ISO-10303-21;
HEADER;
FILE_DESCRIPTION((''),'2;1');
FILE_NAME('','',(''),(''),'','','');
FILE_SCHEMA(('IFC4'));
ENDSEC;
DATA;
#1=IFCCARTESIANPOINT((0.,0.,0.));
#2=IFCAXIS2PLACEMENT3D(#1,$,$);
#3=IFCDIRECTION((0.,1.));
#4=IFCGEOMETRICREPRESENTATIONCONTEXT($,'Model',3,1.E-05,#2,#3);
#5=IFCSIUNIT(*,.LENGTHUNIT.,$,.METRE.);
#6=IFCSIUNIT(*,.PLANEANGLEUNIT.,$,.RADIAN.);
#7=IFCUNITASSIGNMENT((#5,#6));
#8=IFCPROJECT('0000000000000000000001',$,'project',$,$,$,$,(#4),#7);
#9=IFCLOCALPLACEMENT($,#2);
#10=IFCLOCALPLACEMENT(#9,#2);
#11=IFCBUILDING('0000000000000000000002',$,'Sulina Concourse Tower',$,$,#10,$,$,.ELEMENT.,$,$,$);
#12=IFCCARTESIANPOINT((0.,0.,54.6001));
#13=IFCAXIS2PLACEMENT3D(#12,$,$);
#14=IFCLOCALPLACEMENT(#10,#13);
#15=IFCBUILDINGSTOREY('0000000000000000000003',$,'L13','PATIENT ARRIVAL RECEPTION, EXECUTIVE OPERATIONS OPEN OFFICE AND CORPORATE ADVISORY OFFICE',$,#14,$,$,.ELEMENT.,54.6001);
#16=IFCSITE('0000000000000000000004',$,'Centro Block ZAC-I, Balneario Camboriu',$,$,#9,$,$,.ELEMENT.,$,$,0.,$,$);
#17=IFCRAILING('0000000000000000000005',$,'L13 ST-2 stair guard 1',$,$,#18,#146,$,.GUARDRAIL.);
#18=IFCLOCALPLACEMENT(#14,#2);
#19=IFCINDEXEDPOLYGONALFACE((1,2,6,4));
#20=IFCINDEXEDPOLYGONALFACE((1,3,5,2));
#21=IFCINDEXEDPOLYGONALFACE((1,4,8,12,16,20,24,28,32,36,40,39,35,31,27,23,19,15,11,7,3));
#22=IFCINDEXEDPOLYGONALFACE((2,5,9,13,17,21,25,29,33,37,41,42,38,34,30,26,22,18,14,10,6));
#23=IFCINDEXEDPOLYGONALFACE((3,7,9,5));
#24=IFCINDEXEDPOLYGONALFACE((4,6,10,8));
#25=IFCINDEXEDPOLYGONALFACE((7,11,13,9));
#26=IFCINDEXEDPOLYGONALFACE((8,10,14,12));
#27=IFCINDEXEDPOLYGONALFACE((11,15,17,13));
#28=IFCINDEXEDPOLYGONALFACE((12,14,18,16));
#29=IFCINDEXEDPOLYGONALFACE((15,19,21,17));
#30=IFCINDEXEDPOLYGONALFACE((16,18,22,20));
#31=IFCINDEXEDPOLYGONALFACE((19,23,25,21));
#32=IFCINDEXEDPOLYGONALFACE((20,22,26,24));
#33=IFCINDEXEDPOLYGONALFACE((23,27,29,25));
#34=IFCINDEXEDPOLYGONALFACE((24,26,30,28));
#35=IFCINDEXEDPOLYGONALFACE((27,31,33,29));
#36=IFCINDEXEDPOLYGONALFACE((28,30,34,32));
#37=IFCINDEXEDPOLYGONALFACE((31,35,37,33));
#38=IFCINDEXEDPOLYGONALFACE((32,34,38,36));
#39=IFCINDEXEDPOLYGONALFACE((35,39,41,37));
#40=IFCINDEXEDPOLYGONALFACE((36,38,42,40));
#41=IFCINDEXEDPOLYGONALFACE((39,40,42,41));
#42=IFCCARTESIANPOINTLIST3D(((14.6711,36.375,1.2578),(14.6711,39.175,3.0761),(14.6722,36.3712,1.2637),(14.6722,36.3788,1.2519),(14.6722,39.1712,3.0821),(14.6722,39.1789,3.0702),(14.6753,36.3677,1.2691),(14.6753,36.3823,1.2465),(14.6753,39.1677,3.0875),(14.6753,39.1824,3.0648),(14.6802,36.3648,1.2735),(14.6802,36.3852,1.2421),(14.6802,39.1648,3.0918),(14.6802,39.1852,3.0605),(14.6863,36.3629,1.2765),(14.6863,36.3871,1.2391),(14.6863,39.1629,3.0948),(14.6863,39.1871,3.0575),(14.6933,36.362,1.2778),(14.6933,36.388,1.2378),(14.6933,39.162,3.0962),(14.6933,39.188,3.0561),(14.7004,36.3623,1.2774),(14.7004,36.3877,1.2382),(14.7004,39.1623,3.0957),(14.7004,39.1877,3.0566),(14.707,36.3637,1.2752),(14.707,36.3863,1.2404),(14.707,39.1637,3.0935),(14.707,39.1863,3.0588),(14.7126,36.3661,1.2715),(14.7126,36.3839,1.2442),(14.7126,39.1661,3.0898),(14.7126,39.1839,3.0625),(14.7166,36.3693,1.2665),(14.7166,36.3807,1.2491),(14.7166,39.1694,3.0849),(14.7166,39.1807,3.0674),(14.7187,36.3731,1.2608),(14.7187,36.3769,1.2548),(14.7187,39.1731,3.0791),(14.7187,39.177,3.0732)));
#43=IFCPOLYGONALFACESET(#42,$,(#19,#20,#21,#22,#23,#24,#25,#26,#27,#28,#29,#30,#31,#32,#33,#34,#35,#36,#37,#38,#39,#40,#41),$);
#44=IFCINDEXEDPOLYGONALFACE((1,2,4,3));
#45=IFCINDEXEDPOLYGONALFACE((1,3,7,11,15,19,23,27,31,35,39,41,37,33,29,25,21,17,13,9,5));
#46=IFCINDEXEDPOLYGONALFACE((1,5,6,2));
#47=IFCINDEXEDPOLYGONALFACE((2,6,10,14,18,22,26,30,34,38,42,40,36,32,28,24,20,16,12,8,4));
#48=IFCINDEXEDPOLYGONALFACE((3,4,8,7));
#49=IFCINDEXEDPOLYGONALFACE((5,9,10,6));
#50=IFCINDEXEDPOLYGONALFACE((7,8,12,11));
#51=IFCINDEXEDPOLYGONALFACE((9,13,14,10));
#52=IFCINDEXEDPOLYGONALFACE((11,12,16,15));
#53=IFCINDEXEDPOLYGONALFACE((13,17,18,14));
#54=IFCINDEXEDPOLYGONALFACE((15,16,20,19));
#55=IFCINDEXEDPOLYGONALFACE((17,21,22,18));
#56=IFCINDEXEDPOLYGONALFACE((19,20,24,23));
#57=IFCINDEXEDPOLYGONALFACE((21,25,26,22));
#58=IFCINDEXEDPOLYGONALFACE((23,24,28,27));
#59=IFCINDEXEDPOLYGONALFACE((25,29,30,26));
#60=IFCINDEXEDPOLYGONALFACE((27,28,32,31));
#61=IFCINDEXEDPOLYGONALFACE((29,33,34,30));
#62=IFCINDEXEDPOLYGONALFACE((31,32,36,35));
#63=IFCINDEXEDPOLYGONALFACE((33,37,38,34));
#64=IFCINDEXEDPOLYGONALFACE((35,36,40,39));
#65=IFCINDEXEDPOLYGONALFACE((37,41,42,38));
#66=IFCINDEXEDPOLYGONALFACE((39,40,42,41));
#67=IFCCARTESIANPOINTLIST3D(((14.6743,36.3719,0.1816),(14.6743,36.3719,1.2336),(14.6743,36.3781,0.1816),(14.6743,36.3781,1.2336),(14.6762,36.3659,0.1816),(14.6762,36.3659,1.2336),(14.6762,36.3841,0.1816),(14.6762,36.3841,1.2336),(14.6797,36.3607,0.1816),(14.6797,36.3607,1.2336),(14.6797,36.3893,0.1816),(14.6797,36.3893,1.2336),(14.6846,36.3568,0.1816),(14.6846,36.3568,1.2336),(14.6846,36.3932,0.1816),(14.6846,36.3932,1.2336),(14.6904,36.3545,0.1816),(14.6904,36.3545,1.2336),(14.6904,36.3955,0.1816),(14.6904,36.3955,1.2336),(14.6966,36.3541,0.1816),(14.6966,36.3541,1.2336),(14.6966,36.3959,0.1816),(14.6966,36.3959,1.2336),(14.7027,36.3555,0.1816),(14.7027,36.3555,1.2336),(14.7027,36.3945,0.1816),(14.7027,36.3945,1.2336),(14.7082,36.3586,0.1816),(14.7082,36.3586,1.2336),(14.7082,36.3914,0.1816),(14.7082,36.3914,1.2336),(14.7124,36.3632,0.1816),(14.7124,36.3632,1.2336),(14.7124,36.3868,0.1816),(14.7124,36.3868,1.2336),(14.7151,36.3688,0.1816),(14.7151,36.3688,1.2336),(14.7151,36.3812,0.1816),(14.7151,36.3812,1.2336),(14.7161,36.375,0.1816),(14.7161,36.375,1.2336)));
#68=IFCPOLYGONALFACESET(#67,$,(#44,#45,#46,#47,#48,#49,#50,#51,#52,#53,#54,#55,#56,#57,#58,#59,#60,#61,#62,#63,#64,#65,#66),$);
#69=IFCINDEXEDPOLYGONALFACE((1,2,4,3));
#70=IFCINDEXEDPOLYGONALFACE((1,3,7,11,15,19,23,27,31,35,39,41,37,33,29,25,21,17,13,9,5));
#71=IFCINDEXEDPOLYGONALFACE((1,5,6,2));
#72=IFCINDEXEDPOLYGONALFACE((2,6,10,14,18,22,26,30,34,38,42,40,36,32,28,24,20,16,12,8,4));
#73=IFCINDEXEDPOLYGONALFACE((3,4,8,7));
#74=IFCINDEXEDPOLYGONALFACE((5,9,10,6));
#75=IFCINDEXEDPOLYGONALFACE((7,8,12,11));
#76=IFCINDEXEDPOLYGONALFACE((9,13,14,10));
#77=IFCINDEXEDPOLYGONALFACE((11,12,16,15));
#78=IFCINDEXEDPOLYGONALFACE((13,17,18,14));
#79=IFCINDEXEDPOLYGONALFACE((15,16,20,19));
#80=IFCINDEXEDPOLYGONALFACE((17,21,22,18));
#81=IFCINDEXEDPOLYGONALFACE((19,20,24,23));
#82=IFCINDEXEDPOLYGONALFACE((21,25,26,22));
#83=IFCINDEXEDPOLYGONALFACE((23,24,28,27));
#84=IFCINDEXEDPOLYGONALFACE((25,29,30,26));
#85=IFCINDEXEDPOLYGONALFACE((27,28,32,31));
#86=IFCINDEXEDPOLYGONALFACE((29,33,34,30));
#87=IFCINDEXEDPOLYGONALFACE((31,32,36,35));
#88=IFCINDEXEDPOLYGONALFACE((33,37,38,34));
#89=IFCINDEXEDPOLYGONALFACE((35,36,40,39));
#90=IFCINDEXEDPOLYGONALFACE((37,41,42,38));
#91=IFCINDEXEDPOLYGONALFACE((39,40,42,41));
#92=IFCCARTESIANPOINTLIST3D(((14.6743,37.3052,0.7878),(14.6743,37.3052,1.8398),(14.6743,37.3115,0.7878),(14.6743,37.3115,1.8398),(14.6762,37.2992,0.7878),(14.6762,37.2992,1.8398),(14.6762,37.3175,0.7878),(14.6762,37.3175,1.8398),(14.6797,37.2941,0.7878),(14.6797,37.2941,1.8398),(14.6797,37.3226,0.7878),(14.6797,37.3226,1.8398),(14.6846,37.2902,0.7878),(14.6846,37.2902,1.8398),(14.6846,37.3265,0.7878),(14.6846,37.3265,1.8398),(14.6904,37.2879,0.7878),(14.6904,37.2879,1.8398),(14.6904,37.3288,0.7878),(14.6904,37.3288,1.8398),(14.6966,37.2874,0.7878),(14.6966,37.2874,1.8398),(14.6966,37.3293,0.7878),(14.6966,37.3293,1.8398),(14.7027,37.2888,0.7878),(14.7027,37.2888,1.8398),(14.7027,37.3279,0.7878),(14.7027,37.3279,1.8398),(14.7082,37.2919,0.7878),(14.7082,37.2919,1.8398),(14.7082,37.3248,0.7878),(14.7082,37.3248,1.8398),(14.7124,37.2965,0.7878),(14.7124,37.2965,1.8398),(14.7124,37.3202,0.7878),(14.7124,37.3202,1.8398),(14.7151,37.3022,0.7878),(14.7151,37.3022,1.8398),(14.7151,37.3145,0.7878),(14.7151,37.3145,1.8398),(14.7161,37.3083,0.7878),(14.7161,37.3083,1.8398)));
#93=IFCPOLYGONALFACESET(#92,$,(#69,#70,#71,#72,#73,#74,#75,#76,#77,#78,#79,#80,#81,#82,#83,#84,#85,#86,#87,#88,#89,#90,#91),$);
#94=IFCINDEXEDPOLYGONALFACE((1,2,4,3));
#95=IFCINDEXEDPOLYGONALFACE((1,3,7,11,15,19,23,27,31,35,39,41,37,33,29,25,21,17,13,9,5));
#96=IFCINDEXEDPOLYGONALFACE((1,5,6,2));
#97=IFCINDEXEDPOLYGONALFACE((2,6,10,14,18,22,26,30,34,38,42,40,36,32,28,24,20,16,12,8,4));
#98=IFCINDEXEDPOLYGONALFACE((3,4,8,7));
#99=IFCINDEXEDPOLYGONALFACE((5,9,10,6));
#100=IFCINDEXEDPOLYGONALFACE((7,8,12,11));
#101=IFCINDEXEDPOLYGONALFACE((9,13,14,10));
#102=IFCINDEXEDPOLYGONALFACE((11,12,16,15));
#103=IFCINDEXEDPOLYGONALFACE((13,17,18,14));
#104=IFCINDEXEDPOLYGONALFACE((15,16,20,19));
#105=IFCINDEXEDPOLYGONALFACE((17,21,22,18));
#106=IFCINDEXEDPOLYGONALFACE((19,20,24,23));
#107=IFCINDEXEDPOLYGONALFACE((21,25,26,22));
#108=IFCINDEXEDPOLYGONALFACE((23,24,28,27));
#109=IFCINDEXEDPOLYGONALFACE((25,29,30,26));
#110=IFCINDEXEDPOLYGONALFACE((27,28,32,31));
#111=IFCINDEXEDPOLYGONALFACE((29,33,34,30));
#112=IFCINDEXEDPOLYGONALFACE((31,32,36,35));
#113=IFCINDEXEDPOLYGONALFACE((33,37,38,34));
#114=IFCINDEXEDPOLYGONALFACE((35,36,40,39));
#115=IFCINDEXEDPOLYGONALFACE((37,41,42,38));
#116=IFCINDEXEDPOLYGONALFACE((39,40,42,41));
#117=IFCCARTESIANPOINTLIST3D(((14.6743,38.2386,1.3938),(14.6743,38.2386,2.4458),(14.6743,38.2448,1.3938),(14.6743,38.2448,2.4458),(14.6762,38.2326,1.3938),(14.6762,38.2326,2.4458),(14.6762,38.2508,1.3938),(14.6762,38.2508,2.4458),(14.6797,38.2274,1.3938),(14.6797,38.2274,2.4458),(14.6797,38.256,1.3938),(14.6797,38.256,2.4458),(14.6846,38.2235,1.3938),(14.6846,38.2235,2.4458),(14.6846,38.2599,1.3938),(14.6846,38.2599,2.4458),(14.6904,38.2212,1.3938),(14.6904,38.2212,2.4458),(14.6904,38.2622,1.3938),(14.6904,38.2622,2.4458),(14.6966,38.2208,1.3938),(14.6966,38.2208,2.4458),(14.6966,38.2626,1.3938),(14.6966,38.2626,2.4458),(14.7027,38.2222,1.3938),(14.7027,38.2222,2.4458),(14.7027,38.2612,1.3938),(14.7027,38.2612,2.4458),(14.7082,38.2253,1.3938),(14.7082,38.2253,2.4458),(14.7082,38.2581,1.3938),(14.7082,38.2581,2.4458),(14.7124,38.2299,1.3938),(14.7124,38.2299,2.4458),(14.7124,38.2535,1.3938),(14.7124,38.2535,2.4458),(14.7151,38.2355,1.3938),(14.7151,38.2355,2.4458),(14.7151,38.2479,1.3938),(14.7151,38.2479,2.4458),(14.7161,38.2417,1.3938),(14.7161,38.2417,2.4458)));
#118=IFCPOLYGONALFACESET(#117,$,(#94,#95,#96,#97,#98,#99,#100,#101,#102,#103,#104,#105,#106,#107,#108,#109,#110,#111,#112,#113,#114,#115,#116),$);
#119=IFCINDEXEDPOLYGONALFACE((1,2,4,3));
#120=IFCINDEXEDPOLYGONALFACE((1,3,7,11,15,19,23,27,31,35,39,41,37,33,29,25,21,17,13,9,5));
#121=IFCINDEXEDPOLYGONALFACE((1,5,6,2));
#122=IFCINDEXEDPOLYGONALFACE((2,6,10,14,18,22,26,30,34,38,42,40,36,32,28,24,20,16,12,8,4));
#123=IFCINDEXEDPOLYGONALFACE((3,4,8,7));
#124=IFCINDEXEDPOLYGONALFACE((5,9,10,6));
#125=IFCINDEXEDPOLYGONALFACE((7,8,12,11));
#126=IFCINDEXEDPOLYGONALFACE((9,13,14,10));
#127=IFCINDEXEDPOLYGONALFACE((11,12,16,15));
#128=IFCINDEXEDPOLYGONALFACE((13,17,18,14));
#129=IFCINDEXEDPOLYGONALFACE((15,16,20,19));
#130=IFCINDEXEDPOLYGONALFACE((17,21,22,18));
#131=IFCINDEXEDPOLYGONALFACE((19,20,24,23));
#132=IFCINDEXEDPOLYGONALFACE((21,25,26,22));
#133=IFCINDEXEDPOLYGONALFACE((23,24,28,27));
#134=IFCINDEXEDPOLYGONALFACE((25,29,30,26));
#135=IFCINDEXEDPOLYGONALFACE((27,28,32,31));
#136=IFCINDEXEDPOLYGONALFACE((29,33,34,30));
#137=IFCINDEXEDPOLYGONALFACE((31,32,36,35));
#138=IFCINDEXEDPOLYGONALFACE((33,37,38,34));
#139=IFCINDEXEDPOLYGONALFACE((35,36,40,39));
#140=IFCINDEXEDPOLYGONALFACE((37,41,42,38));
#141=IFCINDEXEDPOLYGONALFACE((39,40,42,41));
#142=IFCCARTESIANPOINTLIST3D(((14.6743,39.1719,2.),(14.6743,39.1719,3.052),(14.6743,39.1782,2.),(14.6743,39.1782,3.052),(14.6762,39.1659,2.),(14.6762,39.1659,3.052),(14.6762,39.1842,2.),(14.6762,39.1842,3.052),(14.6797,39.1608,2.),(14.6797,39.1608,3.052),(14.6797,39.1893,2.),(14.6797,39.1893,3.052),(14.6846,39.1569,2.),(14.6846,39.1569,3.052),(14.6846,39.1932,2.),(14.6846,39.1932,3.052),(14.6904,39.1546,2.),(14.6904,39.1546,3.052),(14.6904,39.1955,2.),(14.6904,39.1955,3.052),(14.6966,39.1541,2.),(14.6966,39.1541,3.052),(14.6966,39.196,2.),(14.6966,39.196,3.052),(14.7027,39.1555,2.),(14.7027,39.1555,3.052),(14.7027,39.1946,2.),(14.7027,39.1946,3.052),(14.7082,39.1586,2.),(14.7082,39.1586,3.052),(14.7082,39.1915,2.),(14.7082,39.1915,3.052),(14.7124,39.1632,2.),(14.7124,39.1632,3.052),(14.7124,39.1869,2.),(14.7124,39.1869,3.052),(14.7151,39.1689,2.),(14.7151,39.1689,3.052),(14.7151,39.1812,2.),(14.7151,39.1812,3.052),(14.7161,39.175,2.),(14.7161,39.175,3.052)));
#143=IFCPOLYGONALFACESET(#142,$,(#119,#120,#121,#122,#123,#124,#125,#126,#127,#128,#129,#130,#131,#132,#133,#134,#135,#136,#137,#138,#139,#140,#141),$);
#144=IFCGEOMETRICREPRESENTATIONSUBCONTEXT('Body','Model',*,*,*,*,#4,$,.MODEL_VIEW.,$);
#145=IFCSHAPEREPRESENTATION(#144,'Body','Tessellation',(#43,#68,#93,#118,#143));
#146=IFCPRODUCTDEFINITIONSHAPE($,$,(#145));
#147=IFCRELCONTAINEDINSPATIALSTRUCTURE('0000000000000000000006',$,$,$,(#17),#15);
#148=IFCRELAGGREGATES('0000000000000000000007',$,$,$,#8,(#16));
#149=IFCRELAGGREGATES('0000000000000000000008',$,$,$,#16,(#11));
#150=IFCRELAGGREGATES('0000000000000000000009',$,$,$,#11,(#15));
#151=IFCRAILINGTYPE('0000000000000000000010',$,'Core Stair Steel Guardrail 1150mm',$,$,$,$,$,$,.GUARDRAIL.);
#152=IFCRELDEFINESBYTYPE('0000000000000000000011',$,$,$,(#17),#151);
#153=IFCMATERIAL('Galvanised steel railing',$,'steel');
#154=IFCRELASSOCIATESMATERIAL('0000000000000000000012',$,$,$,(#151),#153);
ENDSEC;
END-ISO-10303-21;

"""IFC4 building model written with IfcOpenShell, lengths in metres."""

from ifc_helpers import new_model, si_unit, direction, frame, origin, origin_2d, place, context, subcontext, project, spatial, circle, extrude, material, type_object, element, save


model = new_model("IFC4")

# Units and contexts
model_context = context("Model", 3, precision=1e-05, world=origin(), true_north=direction((0.0, 1.0)))
body_context = subcontext(model_context, "Body", "Model", "MODEL_VIEW")
ifc_project = project(units=[si_unit("LENGTHUNIT", "METRE"), si_unit("PLANEANGLEUNIT", "RADIAN")], contexts=[model_context])

# Site, building, storey
site_placement = place(None, origin())
site = spatial("IfcSite", under=ifc_project, at=site_placement, Name="Centro Block ZAC-I, Balneario Camboriu", CompositionType="ELEMENT", RefElevation=0.0)
building_placement = place(site_placement, origin())
building = spatial("IfcBuilding", under=site, at=building_placement, Name="Sulina Concourse Tower", CompositionType="ELEMENT")
storey_placement = place(building_placement, frame((0.0, 0.0, 54.6001)))
storey = spatial("IfcBuildingStorey", under=building, at=storey_placement, Name="L13", Description="PATIENT ARRIVAL RECEPTION, EXECUTIVE OPERATIONS OPEN OFFICE AND CORPORATE ADVISORY OFFICE", CompositionType="ELEMENT", Elevation=54.6001)

# Railing
ifc_material_1 = material(Name="Galvanised steel railing", Category="steel")
railing_type_1 = type_object("IfcRailingType", Name="Core Stair Steel Guardrail 1150mm", PredefinedType="GUARDRAIL", material=ifc_material_1)
railing_1_placement = place(storey_placement, frame((14.6951, 36.375, 0.1816)))
element("IfcRailing", 1, at=railing_1_placement, inside=storey, type_object=railing_type_1, Name="L13 ST-2 stair guard 1", PredefinedType="GUARDRAIL", context=body_context, shape_type="SweptSolid", body=[
    extrude(circle(Radius=0.0239, at=origin_2d()), frame((0.0, 0.0, 1.0762), z_axis=(0.0, 0.838672, 0.544636), x_axis=(-1.0, 0.0, 0.0)), (0.0, 0.0, 1.0), 3.3386),
    extrude(circle(Radius=0.021, at=origin_2d()), origin(), (0.0, 0.0, 1.0), 1.052),
    extrude(circle(Radius=0.021, at=origin_2d()), frame((0.0, 0.9333, 0.6062)), (0.0, 0.0, 1.0), 1.052),
    extrude(circle(Radius=0.021, at=origin_2d()), frame((0.0, 1.8667, 1.2122)), (0.0, 0.0, 1.0), 1.052),
    extrude(circle(Radius=0.021, at=origin_2d()), frame((0.0, 2.8, 1.8184)), (0.0, 0.0, 1.0), 1.052),
])

save(model, "model.ifc")
